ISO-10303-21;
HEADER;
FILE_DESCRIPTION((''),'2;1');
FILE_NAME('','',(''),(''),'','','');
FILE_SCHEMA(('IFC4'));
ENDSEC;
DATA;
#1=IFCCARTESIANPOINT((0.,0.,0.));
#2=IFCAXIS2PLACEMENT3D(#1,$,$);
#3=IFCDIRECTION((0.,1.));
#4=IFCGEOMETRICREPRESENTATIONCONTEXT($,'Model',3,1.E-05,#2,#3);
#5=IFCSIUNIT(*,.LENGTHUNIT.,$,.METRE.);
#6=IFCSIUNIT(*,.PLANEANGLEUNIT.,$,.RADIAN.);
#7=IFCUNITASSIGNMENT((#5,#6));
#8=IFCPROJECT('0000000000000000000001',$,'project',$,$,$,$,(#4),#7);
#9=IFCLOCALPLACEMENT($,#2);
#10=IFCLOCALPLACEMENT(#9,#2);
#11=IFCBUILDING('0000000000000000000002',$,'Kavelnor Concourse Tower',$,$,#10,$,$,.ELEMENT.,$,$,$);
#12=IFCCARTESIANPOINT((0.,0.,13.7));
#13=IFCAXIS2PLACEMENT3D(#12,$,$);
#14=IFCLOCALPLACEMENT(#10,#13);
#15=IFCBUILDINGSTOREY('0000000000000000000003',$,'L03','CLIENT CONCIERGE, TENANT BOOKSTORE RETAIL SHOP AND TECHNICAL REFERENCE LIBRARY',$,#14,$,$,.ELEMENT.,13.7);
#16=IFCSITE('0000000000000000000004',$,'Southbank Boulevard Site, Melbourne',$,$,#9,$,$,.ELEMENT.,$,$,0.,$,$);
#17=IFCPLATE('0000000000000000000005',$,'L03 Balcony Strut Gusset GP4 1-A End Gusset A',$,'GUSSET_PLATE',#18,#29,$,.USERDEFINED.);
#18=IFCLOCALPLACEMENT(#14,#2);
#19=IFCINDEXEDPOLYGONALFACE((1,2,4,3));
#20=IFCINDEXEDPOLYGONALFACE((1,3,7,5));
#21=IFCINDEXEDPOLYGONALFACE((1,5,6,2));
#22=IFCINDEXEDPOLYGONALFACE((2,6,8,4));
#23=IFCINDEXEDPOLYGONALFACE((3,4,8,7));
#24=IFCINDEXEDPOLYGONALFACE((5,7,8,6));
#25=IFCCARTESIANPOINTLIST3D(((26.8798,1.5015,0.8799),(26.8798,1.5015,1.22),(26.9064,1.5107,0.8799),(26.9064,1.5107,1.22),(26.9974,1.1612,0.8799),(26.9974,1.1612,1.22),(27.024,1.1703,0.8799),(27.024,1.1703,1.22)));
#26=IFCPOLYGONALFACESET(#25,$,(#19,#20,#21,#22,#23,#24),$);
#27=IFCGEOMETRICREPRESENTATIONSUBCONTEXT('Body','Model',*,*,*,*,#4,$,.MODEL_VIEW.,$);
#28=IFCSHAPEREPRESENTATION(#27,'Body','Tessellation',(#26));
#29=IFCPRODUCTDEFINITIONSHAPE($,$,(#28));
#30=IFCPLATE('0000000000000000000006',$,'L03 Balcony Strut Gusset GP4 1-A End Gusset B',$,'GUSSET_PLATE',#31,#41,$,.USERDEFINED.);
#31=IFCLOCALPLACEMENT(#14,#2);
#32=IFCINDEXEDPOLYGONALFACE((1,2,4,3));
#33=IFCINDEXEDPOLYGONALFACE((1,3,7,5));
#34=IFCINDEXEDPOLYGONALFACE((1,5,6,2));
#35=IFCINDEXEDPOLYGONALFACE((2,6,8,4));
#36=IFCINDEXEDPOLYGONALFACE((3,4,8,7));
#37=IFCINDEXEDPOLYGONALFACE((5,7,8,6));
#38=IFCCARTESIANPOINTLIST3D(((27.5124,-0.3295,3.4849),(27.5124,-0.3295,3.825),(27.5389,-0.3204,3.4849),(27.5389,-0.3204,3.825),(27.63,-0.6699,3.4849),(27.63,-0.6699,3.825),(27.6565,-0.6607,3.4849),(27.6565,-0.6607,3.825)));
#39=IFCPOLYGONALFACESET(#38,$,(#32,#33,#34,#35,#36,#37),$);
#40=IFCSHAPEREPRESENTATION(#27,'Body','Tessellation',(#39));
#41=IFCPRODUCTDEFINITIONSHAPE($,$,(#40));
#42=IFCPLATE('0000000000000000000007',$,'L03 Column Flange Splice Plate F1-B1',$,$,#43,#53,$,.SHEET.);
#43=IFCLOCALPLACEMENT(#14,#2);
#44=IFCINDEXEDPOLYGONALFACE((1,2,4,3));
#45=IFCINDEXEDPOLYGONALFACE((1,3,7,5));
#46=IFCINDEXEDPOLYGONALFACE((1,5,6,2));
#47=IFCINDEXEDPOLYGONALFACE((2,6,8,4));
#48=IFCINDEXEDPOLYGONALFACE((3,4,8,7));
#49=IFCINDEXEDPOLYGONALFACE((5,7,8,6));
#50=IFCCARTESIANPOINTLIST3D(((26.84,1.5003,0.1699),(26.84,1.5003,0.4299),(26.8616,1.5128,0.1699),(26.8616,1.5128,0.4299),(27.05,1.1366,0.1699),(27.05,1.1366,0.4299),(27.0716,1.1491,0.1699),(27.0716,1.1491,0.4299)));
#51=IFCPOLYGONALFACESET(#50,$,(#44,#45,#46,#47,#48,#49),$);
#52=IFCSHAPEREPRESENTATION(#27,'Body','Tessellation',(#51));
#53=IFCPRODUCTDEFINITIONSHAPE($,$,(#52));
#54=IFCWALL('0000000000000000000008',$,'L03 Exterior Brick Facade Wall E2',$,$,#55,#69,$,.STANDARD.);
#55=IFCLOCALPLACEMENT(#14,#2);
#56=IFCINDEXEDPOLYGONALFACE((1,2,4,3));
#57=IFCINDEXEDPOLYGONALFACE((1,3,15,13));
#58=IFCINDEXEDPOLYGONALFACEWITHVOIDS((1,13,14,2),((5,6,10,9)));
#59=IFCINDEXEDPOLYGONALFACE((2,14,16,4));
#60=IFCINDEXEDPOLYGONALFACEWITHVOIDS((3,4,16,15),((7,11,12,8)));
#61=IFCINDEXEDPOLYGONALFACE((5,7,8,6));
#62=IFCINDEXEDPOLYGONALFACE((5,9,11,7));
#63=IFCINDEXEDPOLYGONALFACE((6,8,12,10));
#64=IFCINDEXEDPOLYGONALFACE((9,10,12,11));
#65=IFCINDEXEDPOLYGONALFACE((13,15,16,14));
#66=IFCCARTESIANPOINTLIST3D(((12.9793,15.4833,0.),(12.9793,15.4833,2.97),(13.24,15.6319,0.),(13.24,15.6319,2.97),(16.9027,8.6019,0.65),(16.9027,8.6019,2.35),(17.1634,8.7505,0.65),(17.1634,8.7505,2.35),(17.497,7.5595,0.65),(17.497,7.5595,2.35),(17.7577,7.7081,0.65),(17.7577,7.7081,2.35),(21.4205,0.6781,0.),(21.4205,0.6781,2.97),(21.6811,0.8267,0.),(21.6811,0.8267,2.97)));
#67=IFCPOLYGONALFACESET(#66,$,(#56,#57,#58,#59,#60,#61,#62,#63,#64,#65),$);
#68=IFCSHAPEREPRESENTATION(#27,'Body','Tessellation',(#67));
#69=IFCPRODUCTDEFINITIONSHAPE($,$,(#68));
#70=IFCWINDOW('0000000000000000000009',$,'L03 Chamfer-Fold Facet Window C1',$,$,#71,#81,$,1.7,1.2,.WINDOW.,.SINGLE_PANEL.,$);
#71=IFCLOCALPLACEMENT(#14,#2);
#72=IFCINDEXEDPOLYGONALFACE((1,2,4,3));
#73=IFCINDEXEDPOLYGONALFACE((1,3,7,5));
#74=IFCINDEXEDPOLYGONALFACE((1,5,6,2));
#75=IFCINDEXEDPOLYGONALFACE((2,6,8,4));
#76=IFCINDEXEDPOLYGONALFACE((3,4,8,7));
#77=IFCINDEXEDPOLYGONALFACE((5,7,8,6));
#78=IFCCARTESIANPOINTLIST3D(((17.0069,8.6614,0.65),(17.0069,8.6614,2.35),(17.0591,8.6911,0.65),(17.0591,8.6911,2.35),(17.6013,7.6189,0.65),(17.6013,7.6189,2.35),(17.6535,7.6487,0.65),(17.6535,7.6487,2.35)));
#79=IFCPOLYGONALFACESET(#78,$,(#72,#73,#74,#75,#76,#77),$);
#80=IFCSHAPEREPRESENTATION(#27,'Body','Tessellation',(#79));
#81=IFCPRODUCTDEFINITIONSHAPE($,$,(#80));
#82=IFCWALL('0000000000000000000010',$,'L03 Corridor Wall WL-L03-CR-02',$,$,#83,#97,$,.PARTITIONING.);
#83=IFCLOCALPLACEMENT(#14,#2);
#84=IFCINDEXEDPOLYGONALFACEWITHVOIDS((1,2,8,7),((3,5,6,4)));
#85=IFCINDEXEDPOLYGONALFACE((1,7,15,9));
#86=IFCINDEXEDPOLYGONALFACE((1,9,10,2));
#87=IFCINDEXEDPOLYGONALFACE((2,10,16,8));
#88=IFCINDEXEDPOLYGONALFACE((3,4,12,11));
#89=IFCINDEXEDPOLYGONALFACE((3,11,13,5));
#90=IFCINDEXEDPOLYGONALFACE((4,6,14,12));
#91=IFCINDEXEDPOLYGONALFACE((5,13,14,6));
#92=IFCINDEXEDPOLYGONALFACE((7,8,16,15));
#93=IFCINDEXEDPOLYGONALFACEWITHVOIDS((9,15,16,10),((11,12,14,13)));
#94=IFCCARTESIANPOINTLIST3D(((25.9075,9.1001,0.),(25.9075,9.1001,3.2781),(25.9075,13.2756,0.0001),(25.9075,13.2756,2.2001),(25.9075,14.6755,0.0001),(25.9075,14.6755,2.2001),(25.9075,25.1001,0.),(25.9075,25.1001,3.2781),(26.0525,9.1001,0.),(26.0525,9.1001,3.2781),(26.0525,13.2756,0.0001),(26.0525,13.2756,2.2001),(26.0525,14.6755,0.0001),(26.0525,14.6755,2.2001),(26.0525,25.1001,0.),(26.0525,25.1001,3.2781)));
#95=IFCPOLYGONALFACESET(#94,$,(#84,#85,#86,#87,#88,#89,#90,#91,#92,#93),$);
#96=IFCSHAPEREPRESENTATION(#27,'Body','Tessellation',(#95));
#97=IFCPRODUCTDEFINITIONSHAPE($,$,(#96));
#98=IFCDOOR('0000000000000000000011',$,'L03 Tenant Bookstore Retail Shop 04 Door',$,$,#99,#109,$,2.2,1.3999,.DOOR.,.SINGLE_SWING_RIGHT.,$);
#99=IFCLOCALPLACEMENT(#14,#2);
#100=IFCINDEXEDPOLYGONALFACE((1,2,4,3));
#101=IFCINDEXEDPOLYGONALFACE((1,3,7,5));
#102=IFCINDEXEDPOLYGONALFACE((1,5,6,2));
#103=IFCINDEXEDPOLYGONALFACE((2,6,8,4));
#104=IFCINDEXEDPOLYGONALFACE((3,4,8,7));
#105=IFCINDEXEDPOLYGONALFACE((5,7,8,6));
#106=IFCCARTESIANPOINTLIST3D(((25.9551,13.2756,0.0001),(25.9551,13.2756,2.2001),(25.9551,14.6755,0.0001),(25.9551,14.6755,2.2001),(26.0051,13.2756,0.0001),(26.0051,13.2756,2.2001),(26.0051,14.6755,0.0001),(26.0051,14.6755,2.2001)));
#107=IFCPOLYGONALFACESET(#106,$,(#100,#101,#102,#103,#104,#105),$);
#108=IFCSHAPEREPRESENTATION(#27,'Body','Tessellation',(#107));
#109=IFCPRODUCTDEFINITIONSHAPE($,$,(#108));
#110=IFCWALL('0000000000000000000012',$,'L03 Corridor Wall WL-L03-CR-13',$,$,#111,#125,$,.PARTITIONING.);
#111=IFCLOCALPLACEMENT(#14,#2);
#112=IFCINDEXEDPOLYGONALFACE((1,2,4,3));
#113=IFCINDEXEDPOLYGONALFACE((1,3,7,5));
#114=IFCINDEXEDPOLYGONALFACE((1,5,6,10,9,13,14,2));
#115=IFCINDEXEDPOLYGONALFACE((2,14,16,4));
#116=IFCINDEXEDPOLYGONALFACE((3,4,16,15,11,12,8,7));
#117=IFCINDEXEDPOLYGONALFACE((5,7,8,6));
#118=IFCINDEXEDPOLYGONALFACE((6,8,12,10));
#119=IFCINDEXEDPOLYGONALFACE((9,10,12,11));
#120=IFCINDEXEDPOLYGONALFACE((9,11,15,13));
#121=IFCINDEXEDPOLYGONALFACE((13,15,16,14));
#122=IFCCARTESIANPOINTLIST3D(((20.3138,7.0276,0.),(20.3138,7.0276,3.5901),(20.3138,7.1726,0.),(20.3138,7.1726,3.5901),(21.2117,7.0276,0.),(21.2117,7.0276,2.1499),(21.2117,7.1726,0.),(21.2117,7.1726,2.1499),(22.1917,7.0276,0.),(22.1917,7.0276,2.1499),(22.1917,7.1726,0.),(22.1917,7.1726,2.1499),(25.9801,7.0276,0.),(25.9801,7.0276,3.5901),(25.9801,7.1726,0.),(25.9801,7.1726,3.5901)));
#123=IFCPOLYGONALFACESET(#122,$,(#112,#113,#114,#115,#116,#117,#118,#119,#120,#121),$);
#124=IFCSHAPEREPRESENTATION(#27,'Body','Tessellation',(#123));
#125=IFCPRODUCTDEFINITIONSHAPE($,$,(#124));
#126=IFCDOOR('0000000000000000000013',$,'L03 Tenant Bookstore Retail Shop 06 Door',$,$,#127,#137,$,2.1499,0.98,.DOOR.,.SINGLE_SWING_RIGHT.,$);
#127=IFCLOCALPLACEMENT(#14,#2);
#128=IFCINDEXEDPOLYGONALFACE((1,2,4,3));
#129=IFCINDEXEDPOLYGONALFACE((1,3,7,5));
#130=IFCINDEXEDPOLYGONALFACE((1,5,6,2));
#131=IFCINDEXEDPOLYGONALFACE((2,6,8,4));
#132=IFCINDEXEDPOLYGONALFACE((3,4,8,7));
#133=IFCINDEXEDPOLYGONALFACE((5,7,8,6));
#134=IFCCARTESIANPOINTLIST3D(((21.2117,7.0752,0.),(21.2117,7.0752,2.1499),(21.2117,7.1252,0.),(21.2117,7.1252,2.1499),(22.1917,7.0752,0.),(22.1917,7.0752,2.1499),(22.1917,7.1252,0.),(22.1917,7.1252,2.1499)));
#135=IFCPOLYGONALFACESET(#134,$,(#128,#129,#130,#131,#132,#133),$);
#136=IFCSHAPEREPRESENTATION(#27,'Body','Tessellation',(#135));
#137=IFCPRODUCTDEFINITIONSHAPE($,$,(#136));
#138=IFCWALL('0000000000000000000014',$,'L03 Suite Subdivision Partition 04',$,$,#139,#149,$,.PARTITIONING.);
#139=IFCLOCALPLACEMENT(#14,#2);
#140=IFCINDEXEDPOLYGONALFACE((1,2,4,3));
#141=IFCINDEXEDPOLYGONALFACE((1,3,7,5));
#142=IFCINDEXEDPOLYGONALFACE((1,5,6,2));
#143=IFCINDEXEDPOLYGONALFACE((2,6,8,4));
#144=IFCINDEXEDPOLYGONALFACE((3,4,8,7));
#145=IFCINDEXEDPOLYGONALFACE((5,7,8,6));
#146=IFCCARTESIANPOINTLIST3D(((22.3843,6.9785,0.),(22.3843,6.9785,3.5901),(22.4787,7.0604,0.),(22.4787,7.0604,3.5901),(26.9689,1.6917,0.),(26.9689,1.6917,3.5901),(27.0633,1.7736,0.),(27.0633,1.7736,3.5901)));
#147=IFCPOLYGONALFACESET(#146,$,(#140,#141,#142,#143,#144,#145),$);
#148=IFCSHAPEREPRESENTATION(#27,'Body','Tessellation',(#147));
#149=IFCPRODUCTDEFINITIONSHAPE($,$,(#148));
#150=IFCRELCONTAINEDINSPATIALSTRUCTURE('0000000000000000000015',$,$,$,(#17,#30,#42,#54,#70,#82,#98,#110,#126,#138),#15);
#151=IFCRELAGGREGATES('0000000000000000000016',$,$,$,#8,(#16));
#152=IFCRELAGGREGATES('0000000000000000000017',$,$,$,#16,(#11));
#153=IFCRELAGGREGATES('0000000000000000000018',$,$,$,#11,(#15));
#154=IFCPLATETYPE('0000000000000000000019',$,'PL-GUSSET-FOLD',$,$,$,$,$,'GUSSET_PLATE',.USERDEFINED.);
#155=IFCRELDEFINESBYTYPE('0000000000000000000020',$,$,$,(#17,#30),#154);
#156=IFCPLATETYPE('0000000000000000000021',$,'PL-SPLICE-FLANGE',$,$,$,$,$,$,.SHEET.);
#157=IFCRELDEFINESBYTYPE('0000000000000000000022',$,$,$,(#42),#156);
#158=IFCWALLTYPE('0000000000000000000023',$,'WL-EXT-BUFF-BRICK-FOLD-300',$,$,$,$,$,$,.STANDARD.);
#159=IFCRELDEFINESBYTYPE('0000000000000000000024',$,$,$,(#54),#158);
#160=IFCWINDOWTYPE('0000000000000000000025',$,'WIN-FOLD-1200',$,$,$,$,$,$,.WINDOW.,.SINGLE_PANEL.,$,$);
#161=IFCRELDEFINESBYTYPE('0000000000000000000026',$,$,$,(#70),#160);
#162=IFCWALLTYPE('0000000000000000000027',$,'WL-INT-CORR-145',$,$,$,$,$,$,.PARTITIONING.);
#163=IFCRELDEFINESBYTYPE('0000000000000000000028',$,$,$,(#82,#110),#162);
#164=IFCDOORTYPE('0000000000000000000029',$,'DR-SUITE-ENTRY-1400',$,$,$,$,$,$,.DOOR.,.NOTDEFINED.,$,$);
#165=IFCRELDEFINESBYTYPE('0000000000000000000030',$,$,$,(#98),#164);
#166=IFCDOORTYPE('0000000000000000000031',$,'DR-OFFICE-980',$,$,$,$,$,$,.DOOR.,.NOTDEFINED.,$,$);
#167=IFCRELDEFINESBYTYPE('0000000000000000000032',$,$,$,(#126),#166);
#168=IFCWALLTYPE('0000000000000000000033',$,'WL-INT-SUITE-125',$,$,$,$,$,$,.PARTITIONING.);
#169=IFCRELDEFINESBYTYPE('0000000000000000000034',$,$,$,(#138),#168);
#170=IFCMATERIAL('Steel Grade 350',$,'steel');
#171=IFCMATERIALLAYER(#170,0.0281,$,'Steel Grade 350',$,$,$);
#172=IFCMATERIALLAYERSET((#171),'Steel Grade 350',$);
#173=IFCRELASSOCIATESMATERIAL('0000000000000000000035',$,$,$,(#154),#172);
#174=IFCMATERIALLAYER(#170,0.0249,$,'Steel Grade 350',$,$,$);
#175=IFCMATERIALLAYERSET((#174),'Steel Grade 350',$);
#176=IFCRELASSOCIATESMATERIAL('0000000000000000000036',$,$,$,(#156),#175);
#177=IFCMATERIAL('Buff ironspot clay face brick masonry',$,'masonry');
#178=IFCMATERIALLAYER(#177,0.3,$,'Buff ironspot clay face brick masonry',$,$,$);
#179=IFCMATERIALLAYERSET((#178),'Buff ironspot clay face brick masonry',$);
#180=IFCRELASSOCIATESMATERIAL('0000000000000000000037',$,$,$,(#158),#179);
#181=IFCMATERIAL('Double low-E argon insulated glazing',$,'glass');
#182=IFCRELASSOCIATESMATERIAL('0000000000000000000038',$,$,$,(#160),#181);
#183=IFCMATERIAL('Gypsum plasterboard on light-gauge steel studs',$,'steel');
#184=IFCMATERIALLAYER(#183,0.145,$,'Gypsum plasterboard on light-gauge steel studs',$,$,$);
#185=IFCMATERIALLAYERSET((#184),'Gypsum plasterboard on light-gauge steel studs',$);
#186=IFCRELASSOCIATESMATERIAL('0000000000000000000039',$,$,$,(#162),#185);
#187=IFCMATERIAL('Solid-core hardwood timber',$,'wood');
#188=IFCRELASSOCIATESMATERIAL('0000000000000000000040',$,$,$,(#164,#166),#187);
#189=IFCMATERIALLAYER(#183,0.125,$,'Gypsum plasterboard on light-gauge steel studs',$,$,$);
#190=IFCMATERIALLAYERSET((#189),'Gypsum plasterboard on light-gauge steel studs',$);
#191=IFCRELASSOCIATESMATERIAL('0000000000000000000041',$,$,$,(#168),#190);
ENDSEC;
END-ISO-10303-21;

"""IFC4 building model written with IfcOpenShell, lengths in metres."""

from ifc_helpers import new_model, si_unit, direction, frame, frame_2d, origin, origin_2d, place, context, subcontext, project, spatial, rectangle, extrude, material, layer, layer_set, type_object, element, fill, save


model = new_model("IFC4")

# Units and contexts
model_context = context("Model", 3, precision=1e-05, world=origin(), true_north=direction((0.0, 1.0)))
body_context = subcontext(model_context, "Body", "Model", "MODEL_VIEW")
ifc_project = project(units=[si_unit("LENGTHUNIT", "METRE"), si_unit("PLANEANGLEUNIT", "RADIAN")], contexts=[model_context])

# Site, building, storey
site_placement = place(None, origin())
site = spatial("IfcSite", under=ifc_project, at=site_placement, Name="Southbank Boulevard Site, Melbourne", CompositionType="ELEMENT", RefElevation=0.0)
building_placement = place(site_placement, origin())
building = spatial("IfcBuilding", under=site, at=building_placement, Name="Kavelnor Concourse Tower", CompositionType="ELEMENT")
storey_placement = place(building_placement, frame((0.0, 0.0, 13.7)))
storey = spatial("IfcBuildingStorey", under=building, at=storey_placement, Name="L03", Description="CLIENT CONCIERGE, TENANT BOOKSTORE RETAIL SHOP AND TECHNICAL REFERENCE LIBRARY", CompositionType="ELEMENT", Elevation=13.7)

# Shared definitions
ifc_material_1 = material(Name="Steel Grade 350", Category="steel")

# Plates
ifc_layer_1 = layer(ifc_material_1, 0.0281, Name="Steel Grade 350")
ifc_layer_set_1 = layer_set([ifc_layer_1], Name="Steel Grade 350")
plate_type_1 = type_object("IfcPlateType", Name="PL-GUSSET-FOLD", ElementType="GUSSET_PLATE", PredefinedType="USERDEFINED", material=ifc_layer_set_1)
for number, where, z_axis, x_axis, name in (
    (1, (26.9519, 1.3359, 0.8799), (0.0, 0.0, 1.0), (0.326558, -0.945177, 0.0), "L03 Balcony Strut Gusset GP4 1-A End Gusset A"),
    (2, (27.5845, -0.4951, 3.4849), (0.0, 0.0, 1.0), (0.326558, -0.945177, 0.0), "L03 Balcony Strut Gusset GP4 1-A End Gusset B"),
):
    element("IfcPlate", number, at=place(storey_placement, frame(where, z_axis=z_axis, x_axis=x_axis)), inside=storey, type_object=plate_type_1, Name=name, ObjectType="GUSSET_PLATE", PredefinedType="USERDEFINED", context=body_context, shape_type="SweptSolid", body=[
        extrude(rectangle(XDim=0.3601, YDim=0.0281, at=origin_2d()), origin(), (0.0, 0.0, 1.0), 0.3401),
    ])
ifc_layer_2 = layer(ifc_material_1, 0.0249, Name="Steel Grade 350")
ifc_layer_set_2 = layer_set([ifc_layer_2], Name="Steel Grade 350")
plate_type_2 = type_object("IfcPlateType", Name="PL-SPLICE-FLANGE", PredefinedType="SHEET", material=ifc_layer_set_2)
plate_placement = place(storey_placement, frame((26.9558, 1.3247, 0.1699), z_axis=(0.0, 0.0, 1.0), x_axis=(-0.5, 0.866025, 0.0)))
element("IfcPlate", 3, at=plate_placement, inside=storey, type_object=plate_type_2, Name="L03 Column Flange Splice Plate F1-B1", PredefinedType="SHEET", context=body_context, shape_type="SweptSolid", body=[
    extrude(rectangle(XDim=0.4199, YDim=0.0249, at=origin_2d()), origin(), (0.0, 0.0, 1.0), 0.26),
])

# Wall, opening, window
ifc_material_2 = material(Name="Buff ironspot clay face brick masonry", Category="masonry")
ifc_layer_3 = layer(ifc_material_2, 0.3, Name="Buff ironspot clay face brick masonry")
ifc_layer_set_3 = layer_set([ifc_layer_3], Name="Buff ironspot clay face brick masonry")
wall_type_1 = type_object("IfcWallType", Name="WL-EXT-BUFF-BRICK-FOLD-300", PredefinedType="STANDARD", material=ifc_layer_set_3)
wall_1_placement = place(storey_placement, frame((21.5508, 0.7524, 0.0), z_axis=(0.0, 0.0, 1.0), x_axis=(-0.495301, 0.868721, 0.0)))
wall_1 = element("IfcWall", 4, at=wall_1_placement, inside=storey, type_object=wall_type_1, Name="L03 Exterior Brick Facade Wall E2", PredefinedType="STANDARD", context=body_context, shape_type="SweptSolid", body=[
    extrude(rectangle(XDim=17.0425, YDim=0.3, at=frame_2d((8.5212, 0.0))), origin(), (0.0, 0.0, 1.0), 2.97),
])
opening_1_placement = place(wall_1_placement, frame((7.9211, 0.0, 0.6499)))
opening_1 = element("IfcOpeningElement", 5, at=opening_1_placement, cuts=wall_1, PredefinedType="OPENING", context=body_context, shape_type="SweptSolid", body=[
    extrude(rectangle(XDim=1.2, YDim=1.7, at=frame_2d((0.6001, 0.8501))), frame((0.0, 0.1602, 0.0), z_axis=(0.0, -1.0, 0.0), x_axis=(1.0, 0.0, 0.0)), (0.0, 0.0, 1.0), 0.3201),
])
ifc_material_3 = material(Name="Double low-E argon insulated glazing", Category="glass")
window_type = type_object("IfcWindowType", Name="WIN-FOLD-1200", PartitioningType="SINGLE_PANEL", PredefinedType="WINDOW", material=ifc_material_3)
window_placement = place(opening_1_placement, origin())
window = element("IfcWindow", 6, at=window_placement, inside=storey, type_object=window_type, Name="L03 Chamfer-Fold Facet Window C1", OverallHeight=1.7, OverallWidth=1.2, PartitioningType="SINGLE_PANEL", PredefinedType="WINDOW", context=body_context, shape_type="SweptSolid", body=[
    extrude(rectangle(XDim=1.2, YDim=1.7, at=frame_2d((0.6001, 0.8501))), frame((0.0, 0.03, 0.0), z_axis=(0.0, -1.0, 0.0), x_axis=(1.0, 0.0, 0.0)), (0.0, 0.0, 1.0), 0.0601),
])
fill(opening_1, window)

# Walls, openings, doors
ifc_material_4 = material(Name="Gypsum plasterboard on light-gauge steel studs", Category="steel")
ifc_layer_4 = layer(ifc_material_4, 0.145, Name="Gypsum plasterboard on light-gauge steel studs")
ifc_layer_set_4 = layer_set([ifc_layer_4], Name="Gypsum plasterboard on light-gauge steel studs")
wall_type_2 = type_object("IfcWallType", Name="WL-INT-CORR-145", PredefinedType="PARTITIONING", material=ifc_layer_set_4)
wall_2_placement = place(storey_placement, frame((25.98, 9.1001, 0.0), z_axis=(0.0, 0.0, 1.0), x_axis=(0.0, 1.0, 0.0)))
wall_2 = element("IfcWall", 7, at=wall_2_placement, inside=storey, type_object=wall_type_2, Name="L03 Corridor Wall WL-L03-CR-02", PredefinedType="PARTITIONING", context=body_context, shape_type="SweptSolid", body=[
    extrude(rectangle(XDim=16.0, YDim=0.145, at=frame_2d((8.0, 0.0))), origin(), (0.0, 0.0, 1.0), 3.2781),
])
opening_2_placement = place(wall_2_placement, frame((4.1755, 0.0, 0.0)))
opening_2 = element("IfcOpeningElement", 8, at=opening_2_placement, cuts=wall_2, PredefinedType="OPENING", context=body_context, shape_type="SweptSolid", body=[
    extrude(rectangle(XDim=1.3999, YDim=2.2, at=frame_2d((0.7, 1.1001))), frame((0.0, 0.0825, 0.0), z_axis=(0.0, -1.0, 0.0), x_axis=(1.0, 0.0, 0.0)), (0.0, 0.0, 1.0), 0.165),
])
ifc_material_5 = material(Name="Solid-core hardwood timber", Category="wood")
door_type_1 = type_object("IfcDoorType", Name="DR-SUITE-ENTRY-1400", OperationType="NOTDEFINED", PredefinedType="DOOR", material=ifc_material_5)
door_1_placement = place(opening_2_placement, origin())
door_1 = element("IfcDoor", 9, at=door_1_placement, inside=storey, type_object=door_type_1, Name="L03 Tenant Bookstore Retail Shop 04 Door", OperationType="SINGLE_SWING_RIGHT", OverallHeight=2.2, OverallWidth=1.3999, PredefinedType="DOOR", context=body_context, shape_type="SweptSolid", body=[
    extrude(rectangle(XDim=1.3999, YDim=2.2, at=frame_2d((0.7, 1.1001))), frame((0.0, 0.0249, 0.0), z_axis=(0.0, -1.0, 0.0), x_axis=(1.0, 0.0, 0.0)), (0.0, 0.0, 1.0), 0.05),
])
fill(opening_2, door_1)
wall_3_placement = place(storey_placement, frame((25.98, 7.1001, 0.0), z_axis=(0.0, 0.0, 1.0), x_axis=(-1.0, 0.0, 0.0)))
wall_3 = element("IfcWall", 10, at=wall_3_placement, inside=storey, type_object=wall_type_2, Name="L03 Corridor Wall WL-L03-CR-13", PredefinedType="PARTITIONING", context=body_context, shape_type="SweptSolid", body=[
    extrude(rectangle(XDim=5.6663, YDim=0.145, at=frame_2d((2.833, 0.0))), origin(), (0.0, 0.0, 1.0), 3.5901),
])
opening_3_placement = place(wall_3_placement, frame((3.7883, 0.0, 0.0)))
opening_3 = element("IfcOpeningElement", 11, at=opening_3_placement, cuts=wall_3, PredefinedType="OPENING", context=body_context, shape_type="SweptSolid", body=[
    extrude(rectangle(XDim=0.98, YDim=2.1499, at=frame_2d((0.49, 1.075))), frame((0.0, 0.0825, 0.0), z_axis=(0.0, -1.0, 0.0), x_axis=(1.0, 0.0, 0.0)), (0.0, 0.0, 1.0), 0.165),
])
door_type_2 = type_object("IfcDoorType", Name="DR-OFFICE-980", OperationType="NOTDEFINED", PredefinedType="DOOR", material=ifc_material_5)
door_2_placement = place(opening_3_placement, origin())
door_2 = element("IfcDoor", 12, at=door_2_placement, inside=storey, type_object=door_type_2, Name="L03 Tenant Bookstore Retail Shop 06 Door", OperationType="SINGLE_SWING_RIGHT", OverallHeight=2.1499, OverallWidth=0.98, PredefinedType="DOOR", context=body_context, shape_type="SweptSolid", body=[
    extrude(rectangle(XDim=0.98, YDim=2.1499, at=frame_2d((0.49, 1.075))), frame((0.0, 0.0249, 0.0), z_axis=(0.0, -1.0, 0.0), x_axis=(1.0, 0.0, 0.0)), (0.0, 0.0, 1.0), 0.05),
])
fill(opening_3, door_2)

# Wall
ifc_layer_5 = layer(ifc_material_4, 0.125, Name="Gypsum plasterboard on light-gauge steel studs")
ifc_layer_set_5 = layer_set([ifc_layer_5], Name="Gypsum plasterboard on light-gauge steel studs")
wall_type_3 = type_object("IfcWallType", Name="WL-INT-SUITE-125", PredefinedType="PARTITIONING", material=ifc_layer_set_5)
wall_4_placement = place(storey_placement, frame((22.4314, 7.0195, 0.0), z_axis=(0.0, 0.0, 1.0), x_axis=(0.655156, -0.755493, 0.0)))
element("IfcWall", 13, at=wall_4_placement, inside=storey, type_object=wall_type_3, Name="L03 Suite Subdivision Partition 04", PredefinedType="PARTITIONING", context=body_context, shape_type="SweptSolid", body=[
    extrude(rectangle(XDim=6.9978, YDim=0.125, at=frame_2d((3.499, 0.0))), origin(), (0.0, 0.0, 1.0), 3.5901),
])

save(model, "model.ifc")
